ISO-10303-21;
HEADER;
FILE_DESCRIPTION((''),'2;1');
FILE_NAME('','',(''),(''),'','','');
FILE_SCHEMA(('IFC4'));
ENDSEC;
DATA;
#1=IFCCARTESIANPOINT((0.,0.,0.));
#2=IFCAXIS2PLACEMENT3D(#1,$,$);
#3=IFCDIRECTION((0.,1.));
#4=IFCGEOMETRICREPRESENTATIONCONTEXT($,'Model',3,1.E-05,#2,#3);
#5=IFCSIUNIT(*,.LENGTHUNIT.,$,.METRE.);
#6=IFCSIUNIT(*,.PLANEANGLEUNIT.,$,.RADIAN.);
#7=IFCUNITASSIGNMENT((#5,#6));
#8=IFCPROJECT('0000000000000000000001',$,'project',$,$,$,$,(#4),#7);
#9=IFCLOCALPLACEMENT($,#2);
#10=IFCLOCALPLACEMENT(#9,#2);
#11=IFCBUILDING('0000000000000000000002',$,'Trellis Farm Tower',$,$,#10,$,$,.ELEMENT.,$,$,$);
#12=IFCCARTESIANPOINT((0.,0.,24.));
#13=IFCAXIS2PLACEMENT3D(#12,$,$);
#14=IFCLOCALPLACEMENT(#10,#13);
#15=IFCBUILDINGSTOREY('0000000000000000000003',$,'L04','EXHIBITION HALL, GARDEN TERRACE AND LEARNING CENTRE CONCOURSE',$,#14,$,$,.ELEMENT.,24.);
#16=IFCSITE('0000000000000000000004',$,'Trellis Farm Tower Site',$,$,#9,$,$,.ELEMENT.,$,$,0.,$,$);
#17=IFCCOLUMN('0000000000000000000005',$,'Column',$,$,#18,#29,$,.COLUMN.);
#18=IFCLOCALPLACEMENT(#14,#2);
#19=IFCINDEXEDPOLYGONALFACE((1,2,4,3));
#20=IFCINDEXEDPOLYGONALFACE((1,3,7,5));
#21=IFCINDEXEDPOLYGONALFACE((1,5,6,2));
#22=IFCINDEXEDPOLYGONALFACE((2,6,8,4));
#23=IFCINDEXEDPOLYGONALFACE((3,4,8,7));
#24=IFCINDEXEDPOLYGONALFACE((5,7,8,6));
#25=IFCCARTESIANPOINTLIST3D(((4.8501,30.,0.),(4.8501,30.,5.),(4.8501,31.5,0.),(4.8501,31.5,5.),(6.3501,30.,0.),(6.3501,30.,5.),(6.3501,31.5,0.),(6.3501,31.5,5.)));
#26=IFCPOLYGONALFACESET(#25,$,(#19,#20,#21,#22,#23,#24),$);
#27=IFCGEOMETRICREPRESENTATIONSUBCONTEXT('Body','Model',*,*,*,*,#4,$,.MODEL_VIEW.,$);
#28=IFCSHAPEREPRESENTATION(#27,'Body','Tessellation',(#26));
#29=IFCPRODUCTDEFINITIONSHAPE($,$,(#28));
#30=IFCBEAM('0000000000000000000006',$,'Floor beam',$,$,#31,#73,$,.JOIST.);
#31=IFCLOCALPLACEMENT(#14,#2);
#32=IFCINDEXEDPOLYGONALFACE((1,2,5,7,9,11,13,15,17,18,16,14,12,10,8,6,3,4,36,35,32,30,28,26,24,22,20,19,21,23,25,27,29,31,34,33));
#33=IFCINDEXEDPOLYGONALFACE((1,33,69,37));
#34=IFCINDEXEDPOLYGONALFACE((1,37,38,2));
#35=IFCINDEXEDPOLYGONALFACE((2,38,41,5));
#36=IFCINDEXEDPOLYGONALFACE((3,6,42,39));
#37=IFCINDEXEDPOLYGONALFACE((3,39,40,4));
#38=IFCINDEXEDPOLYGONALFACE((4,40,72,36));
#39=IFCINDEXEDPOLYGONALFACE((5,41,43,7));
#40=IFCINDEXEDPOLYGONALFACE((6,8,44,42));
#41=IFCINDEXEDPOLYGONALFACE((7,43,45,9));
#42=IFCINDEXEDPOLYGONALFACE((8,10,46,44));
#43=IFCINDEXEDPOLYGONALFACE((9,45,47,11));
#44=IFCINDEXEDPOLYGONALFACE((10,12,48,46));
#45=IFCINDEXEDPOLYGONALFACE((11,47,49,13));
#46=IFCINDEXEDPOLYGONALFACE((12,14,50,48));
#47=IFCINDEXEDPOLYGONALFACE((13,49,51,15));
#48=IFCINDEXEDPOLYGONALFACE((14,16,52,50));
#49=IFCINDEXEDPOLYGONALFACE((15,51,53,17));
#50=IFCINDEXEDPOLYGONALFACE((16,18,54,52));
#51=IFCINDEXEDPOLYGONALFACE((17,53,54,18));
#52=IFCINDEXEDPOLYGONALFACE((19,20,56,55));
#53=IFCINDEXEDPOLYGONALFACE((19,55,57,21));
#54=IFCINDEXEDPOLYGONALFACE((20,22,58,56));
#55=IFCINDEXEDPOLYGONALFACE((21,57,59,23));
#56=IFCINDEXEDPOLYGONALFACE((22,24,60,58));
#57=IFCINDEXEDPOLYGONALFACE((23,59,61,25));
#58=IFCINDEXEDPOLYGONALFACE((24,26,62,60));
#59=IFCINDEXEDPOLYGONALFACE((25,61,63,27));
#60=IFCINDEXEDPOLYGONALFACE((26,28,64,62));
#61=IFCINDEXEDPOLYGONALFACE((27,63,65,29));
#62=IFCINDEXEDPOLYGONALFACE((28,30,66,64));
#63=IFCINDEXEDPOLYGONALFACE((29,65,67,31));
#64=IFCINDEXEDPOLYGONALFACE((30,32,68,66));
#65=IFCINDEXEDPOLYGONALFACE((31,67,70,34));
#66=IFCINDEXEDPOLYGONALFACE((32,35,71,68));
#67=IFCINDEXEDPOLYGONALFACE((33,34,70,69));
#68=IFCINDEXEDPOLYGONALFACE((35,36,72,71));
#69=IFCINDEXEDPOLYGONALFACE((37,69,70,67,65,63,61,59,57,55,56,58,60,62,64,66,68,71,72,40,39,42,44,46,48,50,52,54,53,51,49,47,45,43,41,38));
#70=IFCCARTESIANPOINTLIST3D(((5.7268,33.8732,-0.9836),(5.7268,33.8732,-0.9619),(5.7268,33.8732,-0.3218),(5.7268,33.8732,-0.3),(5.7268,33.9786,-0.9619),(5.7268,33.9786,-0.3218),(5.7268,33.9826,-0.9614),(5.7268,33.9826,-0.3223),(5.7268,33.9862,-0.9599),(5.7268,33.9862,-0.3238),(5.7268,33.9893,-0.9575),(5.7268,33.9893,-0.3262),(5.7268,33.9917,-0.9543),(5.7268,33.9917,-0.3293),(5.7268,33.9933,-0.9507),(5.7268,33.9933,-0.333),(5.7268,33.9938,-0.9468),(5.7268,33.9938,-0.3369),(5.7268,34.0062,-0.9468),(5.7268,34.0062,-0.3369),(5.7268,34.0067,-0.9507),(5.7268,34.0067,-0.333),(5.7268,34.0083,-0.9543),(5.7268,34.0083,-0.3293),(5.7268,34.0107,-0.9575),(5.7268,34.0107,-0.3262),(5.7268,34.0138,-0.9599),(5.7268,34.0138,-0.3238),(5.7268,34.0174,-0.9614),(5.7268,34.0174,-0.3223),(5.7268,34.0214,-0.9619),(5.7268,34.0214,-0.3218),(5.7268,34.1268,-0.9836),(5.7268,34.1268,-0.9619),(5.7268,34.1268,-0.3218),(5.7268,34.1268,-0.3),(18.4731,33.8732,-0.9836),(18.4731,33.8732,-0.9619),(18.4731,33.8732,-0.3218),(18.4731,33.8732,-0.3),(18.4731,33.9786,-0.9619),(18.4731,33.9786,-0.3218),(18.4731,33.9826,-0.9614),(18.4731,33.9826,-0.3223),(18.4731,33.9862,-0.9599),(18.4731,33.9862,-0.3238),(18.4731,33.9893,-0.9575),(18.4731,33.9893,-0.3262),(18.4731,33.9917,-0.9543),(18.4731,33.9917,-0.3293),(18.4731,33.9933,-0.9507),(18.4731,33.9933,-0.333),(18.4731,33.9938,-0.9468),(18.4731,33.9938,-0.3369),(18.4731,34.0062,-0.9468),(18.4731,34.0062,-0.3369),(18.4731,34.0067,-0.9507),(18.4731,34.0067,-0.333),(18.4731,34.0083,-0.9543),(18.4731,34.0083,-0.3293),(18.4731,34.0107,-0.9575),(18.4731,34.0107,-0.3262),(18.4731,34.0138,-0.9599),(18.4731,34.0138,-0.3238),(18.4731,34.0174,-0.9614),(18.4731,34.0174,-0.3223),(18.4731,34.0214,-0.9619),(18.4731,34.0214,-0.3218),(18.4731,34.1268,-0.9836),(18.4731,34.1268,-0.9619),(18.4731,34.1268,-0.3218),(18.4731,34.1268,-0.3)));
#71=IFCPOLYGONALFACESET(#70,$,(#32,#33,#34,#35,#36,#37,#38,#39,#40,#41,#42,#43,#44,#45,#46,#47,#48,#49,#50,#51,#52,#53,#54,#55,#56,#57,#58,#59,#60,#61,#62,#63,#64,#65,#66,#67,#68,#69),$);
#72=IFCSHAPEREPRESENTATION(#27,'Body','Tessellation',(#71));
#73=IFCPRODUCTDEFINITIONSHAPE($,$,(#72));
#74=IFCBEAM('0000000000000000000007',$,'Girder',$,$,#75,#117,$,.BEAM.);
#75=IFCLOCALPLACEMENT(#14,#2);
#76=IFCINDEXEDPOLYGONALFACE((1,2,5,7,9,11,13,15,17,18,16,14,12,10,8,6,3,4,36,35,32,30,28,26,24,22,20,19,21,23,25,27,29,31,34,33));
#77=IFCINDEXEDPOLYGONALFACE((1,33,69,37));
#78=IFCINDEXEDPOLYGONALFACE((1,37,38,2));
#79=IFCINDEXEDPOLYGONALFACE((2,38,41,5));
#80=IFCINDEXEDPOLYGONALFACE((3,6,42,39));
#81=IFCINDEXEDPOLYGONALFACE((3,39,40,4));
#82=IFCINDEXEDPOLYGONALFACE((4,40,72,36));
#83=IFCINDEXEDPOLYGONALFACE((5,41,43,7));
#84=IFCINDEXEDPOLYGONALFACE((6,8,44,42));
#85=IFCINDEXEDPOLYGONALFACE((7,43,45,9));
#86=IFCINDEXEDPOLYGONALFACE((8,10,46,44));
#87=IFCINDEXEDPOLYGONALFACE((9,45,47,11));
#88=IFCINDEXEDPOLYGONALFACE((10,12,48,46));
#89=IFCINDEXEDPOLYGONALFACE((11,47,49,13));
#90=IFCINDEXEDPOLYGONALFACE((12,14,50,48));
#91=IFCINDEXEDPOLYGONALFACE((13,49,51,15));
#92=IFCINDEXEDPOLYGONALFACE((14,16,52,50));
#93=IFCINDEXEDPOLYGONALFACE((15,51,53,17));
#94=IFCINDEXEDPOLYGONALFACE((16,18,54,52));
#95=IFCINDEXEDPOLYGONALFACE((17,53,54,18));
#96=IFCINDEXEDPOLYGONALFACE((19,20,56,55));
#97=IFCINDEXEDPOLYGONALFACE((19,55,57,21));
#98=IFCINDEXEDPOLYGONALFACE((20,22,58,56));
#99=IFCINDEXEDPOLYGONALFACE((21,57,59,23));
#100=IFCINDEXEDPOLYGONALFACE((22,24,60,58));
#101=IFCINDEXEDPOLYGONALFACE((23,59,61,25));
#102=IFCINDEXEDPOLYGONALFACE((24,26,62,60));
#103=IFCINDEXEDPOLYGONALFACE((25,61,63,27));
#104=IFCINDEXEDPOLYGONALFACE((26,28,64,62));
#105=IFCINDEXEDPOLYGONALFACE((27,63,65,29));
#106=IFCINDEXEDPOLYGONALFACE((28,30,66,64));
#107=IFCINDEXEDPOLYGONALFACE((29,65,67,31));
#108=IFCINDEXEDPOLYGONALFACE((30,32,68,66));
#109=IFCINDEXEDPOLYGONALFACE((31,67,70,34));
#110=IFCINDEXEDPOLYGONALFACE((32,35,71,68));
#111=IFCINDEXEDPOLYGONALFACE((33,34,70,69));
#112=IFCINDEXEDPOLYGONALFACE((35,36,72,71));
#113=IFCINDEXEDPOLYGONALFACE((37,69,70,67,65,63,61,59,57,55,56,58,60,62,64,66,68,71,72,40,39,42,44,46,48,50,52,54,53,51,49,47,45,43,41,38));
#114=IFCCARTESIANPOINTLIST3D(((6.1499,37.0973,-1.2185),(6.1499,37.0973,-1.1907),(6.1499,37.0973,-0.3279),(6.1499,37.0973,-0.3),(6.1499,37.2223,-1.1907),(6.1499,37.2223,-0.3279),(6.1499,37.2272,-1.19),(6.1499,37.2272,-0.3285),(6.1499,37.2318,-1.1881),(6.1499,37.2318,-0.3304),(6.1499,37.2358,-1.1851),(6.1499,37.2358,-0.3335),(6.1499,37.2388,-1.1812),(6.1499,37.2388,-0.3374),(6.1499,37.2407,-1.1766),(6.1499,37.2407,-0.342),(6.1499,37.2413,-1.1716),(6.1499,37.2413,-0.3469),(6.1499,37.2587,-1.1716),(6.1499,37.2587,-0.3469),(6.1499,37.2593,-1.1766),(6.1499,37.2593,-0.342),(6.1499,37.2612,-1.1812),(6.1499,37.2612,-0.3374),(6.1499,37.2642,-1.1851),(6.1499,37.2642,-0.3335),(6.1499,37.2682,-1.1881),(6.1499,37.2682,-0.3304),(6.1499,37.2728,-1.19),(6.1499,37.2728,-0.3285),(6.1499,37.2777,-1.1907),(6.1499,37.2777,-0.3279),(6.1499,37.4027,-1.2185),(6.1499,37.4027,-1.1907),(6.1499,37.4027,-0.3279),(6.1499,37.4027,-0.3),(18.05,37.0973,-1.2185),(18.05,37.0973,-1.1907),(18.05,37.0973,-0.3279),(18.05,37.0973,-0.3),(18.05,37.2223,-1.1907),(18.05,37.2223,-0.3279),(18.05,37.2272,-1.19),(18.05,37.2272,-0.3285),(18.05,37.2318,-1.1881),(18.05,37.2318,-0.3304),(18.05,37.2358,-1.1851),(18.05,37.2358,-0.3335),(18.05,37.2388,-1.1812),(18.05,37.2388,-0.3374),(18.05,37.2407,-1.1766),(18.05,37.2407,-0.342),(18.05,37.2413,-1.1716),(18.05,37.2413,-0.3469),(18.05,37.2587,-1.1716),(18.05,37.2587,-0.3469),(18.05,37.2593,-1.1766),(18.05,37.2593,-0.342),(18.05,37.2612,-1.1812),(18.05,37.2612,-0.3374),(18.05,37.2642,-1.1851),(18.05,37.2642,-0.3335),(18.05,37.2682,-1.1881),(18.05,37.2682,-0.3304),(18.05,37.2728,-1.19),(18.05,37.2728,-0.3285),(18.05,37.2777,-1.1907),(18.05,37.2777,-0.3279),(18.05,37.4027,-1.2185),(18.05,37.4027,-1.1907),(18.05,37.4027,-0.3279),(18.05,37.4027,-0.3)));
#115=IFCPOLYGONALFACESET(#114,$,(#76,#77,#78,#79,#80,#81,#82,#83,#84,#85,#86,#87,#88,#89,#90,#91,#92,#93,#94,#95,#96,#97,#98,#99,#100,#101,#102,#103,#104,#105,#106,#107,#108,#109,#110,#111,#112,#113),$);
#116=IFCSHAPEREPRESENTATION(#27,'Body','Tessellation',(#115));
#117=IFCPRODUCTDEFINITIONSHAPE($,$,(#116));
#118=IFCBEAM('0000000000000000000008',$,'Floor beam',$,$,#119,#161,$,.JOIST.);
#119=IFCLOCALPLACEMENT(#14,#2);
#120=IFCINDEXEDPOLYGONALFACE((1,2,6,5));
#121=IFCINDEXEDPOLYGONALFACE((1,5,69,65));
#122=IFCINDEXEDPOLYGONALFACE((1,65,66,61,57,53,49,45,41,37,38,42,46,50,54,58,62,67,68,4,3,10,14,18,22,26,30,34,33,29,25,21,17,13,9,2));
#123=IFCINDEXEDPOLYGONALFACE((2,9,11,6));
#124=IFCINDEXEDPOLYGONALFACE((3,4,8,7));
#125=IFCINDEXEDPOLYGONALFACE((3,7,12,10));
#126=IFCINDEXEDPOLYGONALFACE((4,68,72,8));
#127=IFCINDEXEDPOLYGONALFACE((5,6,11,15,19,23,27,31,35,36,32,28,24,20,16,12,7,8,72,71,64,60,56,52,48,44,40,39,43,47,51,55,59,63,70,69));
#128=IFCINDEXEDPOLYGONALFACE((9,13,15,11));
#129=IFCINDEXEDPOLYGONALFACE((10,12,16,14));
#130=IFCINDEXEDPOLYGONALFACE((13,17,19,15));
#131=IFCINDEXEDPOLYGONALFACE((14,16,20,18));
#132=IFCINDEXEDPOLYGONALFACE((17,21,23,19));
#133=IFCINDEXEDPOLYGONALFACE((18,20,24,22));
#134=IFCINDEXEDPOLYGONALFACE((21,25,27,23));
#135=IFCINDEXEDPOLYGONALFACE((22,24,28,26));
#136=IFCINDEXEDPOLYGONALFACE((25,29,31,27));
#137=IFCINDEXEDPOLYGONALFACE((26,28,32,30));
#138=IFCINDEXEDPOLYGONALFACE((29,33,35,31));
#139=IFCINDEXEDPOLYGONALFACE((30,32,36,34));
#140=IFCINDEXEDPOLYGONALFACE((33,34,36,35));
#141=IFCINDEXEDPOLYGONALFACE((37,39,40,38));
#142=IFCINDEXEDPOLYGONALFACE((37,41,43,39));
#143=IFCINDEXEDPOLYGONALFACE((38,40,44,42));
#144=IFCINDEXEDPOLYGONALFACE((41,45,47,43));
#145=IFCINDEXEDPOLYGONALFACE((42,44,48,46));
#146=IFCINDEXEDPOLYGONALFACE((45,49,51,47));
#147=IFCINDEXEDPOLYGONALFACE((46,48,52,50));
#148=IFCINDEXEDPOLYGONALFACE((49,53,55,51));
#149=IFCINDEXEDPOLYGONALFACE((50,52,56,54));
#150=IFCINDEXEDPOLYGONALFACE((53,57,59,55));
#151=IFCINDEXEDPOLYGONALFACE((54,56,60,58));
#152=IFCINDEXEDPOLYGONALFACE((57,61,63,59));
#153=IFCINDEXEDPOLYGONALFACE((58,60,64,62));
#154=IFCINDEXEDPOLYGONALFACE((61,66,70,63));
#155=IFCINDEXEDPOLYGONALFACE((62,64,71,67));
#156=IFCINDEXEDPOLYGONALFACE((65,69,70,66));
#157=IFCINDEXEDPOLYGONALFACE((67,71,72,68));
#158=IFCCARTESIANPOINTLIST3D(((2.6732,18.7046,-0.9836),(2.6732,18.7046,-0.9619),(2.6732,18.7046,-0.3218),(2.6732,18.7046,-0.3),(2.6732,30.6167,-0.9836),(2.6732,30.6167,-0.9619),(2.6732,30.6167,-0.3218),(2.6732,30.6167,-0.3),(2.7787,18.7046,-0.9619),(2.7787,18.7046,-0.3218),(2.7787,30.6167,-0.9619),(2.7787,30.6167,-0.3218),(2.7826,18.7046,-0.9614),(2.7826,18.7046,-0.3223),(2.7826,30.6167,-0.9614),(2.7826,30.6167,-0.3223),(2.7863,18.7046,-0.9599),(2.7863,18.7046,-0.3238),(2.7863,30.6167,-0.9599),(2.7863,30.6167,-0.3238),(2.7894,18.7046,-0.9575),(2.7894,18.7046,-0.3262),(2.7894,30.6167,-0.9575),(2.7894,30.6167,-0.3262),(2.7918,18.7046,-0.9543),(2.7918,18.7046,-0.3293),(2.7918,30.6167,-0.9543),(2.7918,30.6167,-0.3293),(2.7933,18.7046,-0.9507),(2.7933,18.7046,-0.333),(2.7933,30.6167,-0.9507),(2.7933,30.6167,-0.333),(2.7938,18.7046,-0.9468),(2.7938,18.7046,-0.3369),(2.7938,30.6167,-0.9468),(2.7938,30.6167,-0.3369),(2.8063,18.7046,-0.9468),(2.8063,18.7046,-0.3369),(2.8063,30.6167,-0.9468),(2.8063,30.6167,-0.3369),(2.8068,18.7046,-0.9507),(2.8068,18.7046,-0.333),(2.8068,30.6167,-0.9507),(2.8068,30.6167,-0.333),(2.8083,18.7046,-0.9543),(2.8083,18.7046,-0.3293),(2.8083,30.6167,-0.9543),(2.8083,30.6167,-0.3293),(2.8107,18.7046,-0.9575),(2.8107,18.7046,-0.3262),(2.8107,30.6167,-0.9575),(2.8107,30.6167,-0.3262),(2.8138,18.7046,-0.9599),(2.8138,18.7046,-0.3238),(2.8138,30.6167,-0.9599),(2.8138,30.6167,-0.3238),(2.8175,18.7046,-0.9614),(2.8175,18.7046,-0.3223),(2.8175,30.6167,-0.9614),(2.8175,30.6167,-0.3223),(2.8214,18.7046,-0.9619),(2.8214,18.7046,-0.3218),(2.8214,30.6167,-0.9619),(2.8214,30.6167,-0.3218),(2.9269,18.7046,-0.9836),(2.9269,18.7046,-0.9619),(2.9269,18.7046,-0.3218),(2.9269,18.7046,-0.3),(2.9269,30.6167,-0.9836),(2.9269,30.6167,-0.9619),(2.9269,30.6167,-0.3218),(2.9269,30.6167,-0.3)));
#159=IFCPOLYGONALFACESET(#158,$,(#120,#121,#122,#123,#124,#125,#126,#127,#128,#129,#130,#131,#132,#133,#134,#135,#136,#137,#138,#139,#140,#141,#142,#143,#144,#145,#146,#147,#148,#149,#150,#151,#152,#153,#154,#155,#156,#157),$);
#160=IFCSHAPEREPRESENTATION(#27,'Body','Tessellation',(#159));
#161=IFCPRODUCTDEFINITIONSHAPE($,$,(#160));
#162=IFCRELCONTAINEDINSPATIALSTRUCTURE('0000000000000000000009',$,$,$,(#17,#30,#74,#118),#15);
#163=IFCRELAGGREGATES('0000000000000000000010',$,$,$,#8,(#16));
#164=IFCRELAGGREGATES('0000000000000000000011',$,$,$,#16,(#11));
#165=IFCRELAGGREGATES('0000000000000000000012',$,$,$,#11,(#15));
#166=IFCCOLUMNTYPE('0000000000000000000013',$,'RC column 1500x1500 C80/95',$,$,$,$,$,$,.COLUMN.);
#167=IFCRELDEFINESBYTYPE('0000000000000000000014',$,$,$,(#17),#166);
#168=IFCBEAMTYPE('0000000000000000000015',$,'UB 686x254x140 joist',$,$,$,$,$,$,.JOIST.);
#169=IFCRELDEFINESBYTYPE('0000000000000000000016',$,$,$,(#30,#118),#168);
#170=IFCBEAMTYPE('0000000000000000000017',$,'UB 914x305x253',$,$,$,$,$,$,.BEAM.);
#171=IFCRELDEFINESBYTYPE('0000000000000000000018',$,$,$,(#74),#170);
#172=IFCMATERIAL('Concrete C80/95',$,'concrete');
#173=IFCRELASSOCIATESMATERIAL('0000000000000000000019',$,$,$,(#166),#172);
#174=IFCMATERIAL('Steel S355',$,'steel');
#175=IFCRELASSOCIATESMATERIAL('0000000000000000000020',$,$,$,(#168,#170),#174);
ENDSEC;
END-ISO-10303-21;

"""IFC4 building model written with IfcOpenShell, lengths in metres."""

from ifc_helpers import new_model, si_unit, direction, frame, origin, origin_2d, place, context, subcontext, project, spatial, rectangle, i_section, extrude, source, transform, mapped, material, material_profile, profile_set, type_object, element, save


model = new_model("IFC4")

# Units and contexts
model_context = context("Model", 3, precision=1e-05, world=origin(), true_north=direction((0.0, 1.0)))
body_context = subcontext(model_context, "Body", "Model", "MODEL_VIEW")
ifc_project = project(units=[si_unit("LENGTHUNIT", "METRE"), si_unit("PLANEANGLEUNIT", "RADIAN")], contexts=[model_context])

# Site, building, storey
site_placement = place(None, origin())
site = spatial("IfcSite", under=ifc_project, at=site_placement, Name="Trellis Farm Tower Site", CompositionType="ELEMENT", RefElevation=0.0)
building_placement = place(site_placement, origin())
building = spatial("IfcBuilding", under=site, at=building_placement, Name="Trellis Farm Tower", CompositionType="ELEMENT")
storey_placement = place(building_placement, frame((0.0, 0.0, 24.0)))
storey = spatial("IfcBuildingStorey", under=building, at=storey_placement, Name="L04", Description="EXHIBITION HALL, GARDEN TERRACE AND LEARNING CENTRE CONCOURSE", CompositionType="ELEMENT", Elevation=24.0)

# Column
ifc_material_1 = material(Name="Concrete C80/95", Category="concrete")
ifc_material_profile_1 = material_profile(ifc_material_1, rectangle(XDim=1.5, YDim=1.5, at=origin_2d()), Name="RC column 1500x1500 C80/95")
ifc_profile_set_1 = profile_set([ifc_material_profile_1], Name="Concrete C80/95")
column_type = type_object("IfcColumnType", Name="RC column 1500x1500 C80/95", PredefinedType="COLUMN", material=ifc_profile_set_1)
shared_shape_1 = source(origin(), body_context, "Body", "SweptSolid", [
    extrude(rectangle(XDim=1.5, YDim=1.5, at=origin_2d()), origin(), (0.0, 0.0, 1.0), 5.0),
])
column_placement = place(storey_placement, frame((5.6001, 30.75, 0.0), z_axis=(0.0, 0.0, 1.0), x_axis=(1.0, 0.0, 0.0)))
element("IfcColumn", 1, at=column_placement, inside=storey, type_object=column_type, Name="Column", PredefinedType="COLUMN", context=body_context, shape_type="MappedRepresentation", body=[
    mapped(shared_shape_1, transform((0.0, 0.0, 0.0))),
])

# Beams
ifc_material_2 = material(Name="Steel S355", Category="steel")
ifc_material_profile_2 = material_profile(ifc_material_2, i_section(OverallWidth=0.2537, OverallDepth=0.6836, WebThickness=0.0125, FlangeThickness=0.0217, FilletRadius=0.0151, at=origin_2d()), Name="UB 686x254x140")
ifc_profile_set_2 = profile_set([ifc_material_profile_2], Name="Steel S355")
beam_type_1 = type_object("IfcBeamType", Name="UB 686x254x140 joist", PredefinedType="JOIST", material=ifc_profile_set_2)
shared_shape_2 = source(origin(), body_context, "Body", "SweptSolid", [
    extrude(i_section(OverallWidth=0.2537, OverallDepth=0.6836, WebThickness=0.0125, FlangeThickness=0.0217, FilletRadius=0.0151, at=origin_2d()), origin(), (0.0, 0.0, 1.0), 12.7463),
])
beam_1_placement = place(storey_placement, frame((5.7268, 34.0, -0.6418), z_axis=(1.0, 0.0, 0.0), x_axis=(0.0, 1.0, 0.0)))
element("IfcBeam", 2, at=beam_1_placement, inside=storey, type_object=beam_type_1, Name="Floor beam", PredefinedType="JOIST", context=body_context, shape_type="MappedRepresentation", body=[
    mapped(shared_shape_2, transform((0.0, 0.0, 0.0))),
])
ifc_material_profile_3 = material_profile(ifc_material_2, i_section(OverallWidth=0.3054, OverallDepth=0.9185, WebThickness=0.0173, FlangeThickness=0.0278, FilletRadius=0.019, at=origin_2d()), Name="UB 914x305x253")
ifc_profile_set_3 = profile_set([ifc_material_profile_3], Name="Steel S355")
beam_type_2 = type_object("IfcBeamType", Name="UB 914x305x253", PredefinedType="BEAM", material=ifc_profile_set_3)
shared_shape_3 = source(origin(), body_context, "Body", "SweptSolid", [
    extrude(i_section(OverallWidth=0.3054, OverallDepth=0.9185, WebThickness=0.0173, FlangeThickness=0.0278, FilletRadius=0.019, at=origin_2d()), origin(), (0.0, 0.0, 1.0), 11.9001),
])
beam_2_placement = place(storey_placement, frame((6.1499, 37.25, -0.7593), z_axis=(1.0, 0.0, 0.0), x_axis=(0.0, 1.0, 0.0)))
element("IfcBeam", 3, at=beam_2_placement, inside=storey, type_object=beam_type_2, Name="Girder", PredefinedType="BEAM", context=body_context, shape_type="MappedRepresentation", body=[
    mapped(shared_shape_3, transform((0.0, 0.0, 0.0))),
])
shared_shape_4 = source(origin(), body_context, "Body", "SweptSolid", [
    extrude(i_section(OverallWidth=0.2537, OverallDepth=0.6836, WebThickness=0.0125, FlangeThickness=0.0217, FilletRadius=0.0151, at=origin_2d()), origin(), (0.0, 0.0, 1.0), 11.9121),
])
beam_3_placement = place(storey_placement, frame((2.8, 18.7046, -0.6418), z_axis=(0.0, 1.0, 0.0), x_axis=(-1.0, 0.0, 0.0)))
element("IfcBeam", 4, at=beam_3_placement, inside=storey, type_object=beam_type_1, Name="Floor beam", PredefinedType="JOIST", context=body_context, shape_type="MappedRepresentation", body=[
    mapped(shared_shape_4, transform((0.0, 0.0, 0.0))),
])

save(model, "model.ifc")
